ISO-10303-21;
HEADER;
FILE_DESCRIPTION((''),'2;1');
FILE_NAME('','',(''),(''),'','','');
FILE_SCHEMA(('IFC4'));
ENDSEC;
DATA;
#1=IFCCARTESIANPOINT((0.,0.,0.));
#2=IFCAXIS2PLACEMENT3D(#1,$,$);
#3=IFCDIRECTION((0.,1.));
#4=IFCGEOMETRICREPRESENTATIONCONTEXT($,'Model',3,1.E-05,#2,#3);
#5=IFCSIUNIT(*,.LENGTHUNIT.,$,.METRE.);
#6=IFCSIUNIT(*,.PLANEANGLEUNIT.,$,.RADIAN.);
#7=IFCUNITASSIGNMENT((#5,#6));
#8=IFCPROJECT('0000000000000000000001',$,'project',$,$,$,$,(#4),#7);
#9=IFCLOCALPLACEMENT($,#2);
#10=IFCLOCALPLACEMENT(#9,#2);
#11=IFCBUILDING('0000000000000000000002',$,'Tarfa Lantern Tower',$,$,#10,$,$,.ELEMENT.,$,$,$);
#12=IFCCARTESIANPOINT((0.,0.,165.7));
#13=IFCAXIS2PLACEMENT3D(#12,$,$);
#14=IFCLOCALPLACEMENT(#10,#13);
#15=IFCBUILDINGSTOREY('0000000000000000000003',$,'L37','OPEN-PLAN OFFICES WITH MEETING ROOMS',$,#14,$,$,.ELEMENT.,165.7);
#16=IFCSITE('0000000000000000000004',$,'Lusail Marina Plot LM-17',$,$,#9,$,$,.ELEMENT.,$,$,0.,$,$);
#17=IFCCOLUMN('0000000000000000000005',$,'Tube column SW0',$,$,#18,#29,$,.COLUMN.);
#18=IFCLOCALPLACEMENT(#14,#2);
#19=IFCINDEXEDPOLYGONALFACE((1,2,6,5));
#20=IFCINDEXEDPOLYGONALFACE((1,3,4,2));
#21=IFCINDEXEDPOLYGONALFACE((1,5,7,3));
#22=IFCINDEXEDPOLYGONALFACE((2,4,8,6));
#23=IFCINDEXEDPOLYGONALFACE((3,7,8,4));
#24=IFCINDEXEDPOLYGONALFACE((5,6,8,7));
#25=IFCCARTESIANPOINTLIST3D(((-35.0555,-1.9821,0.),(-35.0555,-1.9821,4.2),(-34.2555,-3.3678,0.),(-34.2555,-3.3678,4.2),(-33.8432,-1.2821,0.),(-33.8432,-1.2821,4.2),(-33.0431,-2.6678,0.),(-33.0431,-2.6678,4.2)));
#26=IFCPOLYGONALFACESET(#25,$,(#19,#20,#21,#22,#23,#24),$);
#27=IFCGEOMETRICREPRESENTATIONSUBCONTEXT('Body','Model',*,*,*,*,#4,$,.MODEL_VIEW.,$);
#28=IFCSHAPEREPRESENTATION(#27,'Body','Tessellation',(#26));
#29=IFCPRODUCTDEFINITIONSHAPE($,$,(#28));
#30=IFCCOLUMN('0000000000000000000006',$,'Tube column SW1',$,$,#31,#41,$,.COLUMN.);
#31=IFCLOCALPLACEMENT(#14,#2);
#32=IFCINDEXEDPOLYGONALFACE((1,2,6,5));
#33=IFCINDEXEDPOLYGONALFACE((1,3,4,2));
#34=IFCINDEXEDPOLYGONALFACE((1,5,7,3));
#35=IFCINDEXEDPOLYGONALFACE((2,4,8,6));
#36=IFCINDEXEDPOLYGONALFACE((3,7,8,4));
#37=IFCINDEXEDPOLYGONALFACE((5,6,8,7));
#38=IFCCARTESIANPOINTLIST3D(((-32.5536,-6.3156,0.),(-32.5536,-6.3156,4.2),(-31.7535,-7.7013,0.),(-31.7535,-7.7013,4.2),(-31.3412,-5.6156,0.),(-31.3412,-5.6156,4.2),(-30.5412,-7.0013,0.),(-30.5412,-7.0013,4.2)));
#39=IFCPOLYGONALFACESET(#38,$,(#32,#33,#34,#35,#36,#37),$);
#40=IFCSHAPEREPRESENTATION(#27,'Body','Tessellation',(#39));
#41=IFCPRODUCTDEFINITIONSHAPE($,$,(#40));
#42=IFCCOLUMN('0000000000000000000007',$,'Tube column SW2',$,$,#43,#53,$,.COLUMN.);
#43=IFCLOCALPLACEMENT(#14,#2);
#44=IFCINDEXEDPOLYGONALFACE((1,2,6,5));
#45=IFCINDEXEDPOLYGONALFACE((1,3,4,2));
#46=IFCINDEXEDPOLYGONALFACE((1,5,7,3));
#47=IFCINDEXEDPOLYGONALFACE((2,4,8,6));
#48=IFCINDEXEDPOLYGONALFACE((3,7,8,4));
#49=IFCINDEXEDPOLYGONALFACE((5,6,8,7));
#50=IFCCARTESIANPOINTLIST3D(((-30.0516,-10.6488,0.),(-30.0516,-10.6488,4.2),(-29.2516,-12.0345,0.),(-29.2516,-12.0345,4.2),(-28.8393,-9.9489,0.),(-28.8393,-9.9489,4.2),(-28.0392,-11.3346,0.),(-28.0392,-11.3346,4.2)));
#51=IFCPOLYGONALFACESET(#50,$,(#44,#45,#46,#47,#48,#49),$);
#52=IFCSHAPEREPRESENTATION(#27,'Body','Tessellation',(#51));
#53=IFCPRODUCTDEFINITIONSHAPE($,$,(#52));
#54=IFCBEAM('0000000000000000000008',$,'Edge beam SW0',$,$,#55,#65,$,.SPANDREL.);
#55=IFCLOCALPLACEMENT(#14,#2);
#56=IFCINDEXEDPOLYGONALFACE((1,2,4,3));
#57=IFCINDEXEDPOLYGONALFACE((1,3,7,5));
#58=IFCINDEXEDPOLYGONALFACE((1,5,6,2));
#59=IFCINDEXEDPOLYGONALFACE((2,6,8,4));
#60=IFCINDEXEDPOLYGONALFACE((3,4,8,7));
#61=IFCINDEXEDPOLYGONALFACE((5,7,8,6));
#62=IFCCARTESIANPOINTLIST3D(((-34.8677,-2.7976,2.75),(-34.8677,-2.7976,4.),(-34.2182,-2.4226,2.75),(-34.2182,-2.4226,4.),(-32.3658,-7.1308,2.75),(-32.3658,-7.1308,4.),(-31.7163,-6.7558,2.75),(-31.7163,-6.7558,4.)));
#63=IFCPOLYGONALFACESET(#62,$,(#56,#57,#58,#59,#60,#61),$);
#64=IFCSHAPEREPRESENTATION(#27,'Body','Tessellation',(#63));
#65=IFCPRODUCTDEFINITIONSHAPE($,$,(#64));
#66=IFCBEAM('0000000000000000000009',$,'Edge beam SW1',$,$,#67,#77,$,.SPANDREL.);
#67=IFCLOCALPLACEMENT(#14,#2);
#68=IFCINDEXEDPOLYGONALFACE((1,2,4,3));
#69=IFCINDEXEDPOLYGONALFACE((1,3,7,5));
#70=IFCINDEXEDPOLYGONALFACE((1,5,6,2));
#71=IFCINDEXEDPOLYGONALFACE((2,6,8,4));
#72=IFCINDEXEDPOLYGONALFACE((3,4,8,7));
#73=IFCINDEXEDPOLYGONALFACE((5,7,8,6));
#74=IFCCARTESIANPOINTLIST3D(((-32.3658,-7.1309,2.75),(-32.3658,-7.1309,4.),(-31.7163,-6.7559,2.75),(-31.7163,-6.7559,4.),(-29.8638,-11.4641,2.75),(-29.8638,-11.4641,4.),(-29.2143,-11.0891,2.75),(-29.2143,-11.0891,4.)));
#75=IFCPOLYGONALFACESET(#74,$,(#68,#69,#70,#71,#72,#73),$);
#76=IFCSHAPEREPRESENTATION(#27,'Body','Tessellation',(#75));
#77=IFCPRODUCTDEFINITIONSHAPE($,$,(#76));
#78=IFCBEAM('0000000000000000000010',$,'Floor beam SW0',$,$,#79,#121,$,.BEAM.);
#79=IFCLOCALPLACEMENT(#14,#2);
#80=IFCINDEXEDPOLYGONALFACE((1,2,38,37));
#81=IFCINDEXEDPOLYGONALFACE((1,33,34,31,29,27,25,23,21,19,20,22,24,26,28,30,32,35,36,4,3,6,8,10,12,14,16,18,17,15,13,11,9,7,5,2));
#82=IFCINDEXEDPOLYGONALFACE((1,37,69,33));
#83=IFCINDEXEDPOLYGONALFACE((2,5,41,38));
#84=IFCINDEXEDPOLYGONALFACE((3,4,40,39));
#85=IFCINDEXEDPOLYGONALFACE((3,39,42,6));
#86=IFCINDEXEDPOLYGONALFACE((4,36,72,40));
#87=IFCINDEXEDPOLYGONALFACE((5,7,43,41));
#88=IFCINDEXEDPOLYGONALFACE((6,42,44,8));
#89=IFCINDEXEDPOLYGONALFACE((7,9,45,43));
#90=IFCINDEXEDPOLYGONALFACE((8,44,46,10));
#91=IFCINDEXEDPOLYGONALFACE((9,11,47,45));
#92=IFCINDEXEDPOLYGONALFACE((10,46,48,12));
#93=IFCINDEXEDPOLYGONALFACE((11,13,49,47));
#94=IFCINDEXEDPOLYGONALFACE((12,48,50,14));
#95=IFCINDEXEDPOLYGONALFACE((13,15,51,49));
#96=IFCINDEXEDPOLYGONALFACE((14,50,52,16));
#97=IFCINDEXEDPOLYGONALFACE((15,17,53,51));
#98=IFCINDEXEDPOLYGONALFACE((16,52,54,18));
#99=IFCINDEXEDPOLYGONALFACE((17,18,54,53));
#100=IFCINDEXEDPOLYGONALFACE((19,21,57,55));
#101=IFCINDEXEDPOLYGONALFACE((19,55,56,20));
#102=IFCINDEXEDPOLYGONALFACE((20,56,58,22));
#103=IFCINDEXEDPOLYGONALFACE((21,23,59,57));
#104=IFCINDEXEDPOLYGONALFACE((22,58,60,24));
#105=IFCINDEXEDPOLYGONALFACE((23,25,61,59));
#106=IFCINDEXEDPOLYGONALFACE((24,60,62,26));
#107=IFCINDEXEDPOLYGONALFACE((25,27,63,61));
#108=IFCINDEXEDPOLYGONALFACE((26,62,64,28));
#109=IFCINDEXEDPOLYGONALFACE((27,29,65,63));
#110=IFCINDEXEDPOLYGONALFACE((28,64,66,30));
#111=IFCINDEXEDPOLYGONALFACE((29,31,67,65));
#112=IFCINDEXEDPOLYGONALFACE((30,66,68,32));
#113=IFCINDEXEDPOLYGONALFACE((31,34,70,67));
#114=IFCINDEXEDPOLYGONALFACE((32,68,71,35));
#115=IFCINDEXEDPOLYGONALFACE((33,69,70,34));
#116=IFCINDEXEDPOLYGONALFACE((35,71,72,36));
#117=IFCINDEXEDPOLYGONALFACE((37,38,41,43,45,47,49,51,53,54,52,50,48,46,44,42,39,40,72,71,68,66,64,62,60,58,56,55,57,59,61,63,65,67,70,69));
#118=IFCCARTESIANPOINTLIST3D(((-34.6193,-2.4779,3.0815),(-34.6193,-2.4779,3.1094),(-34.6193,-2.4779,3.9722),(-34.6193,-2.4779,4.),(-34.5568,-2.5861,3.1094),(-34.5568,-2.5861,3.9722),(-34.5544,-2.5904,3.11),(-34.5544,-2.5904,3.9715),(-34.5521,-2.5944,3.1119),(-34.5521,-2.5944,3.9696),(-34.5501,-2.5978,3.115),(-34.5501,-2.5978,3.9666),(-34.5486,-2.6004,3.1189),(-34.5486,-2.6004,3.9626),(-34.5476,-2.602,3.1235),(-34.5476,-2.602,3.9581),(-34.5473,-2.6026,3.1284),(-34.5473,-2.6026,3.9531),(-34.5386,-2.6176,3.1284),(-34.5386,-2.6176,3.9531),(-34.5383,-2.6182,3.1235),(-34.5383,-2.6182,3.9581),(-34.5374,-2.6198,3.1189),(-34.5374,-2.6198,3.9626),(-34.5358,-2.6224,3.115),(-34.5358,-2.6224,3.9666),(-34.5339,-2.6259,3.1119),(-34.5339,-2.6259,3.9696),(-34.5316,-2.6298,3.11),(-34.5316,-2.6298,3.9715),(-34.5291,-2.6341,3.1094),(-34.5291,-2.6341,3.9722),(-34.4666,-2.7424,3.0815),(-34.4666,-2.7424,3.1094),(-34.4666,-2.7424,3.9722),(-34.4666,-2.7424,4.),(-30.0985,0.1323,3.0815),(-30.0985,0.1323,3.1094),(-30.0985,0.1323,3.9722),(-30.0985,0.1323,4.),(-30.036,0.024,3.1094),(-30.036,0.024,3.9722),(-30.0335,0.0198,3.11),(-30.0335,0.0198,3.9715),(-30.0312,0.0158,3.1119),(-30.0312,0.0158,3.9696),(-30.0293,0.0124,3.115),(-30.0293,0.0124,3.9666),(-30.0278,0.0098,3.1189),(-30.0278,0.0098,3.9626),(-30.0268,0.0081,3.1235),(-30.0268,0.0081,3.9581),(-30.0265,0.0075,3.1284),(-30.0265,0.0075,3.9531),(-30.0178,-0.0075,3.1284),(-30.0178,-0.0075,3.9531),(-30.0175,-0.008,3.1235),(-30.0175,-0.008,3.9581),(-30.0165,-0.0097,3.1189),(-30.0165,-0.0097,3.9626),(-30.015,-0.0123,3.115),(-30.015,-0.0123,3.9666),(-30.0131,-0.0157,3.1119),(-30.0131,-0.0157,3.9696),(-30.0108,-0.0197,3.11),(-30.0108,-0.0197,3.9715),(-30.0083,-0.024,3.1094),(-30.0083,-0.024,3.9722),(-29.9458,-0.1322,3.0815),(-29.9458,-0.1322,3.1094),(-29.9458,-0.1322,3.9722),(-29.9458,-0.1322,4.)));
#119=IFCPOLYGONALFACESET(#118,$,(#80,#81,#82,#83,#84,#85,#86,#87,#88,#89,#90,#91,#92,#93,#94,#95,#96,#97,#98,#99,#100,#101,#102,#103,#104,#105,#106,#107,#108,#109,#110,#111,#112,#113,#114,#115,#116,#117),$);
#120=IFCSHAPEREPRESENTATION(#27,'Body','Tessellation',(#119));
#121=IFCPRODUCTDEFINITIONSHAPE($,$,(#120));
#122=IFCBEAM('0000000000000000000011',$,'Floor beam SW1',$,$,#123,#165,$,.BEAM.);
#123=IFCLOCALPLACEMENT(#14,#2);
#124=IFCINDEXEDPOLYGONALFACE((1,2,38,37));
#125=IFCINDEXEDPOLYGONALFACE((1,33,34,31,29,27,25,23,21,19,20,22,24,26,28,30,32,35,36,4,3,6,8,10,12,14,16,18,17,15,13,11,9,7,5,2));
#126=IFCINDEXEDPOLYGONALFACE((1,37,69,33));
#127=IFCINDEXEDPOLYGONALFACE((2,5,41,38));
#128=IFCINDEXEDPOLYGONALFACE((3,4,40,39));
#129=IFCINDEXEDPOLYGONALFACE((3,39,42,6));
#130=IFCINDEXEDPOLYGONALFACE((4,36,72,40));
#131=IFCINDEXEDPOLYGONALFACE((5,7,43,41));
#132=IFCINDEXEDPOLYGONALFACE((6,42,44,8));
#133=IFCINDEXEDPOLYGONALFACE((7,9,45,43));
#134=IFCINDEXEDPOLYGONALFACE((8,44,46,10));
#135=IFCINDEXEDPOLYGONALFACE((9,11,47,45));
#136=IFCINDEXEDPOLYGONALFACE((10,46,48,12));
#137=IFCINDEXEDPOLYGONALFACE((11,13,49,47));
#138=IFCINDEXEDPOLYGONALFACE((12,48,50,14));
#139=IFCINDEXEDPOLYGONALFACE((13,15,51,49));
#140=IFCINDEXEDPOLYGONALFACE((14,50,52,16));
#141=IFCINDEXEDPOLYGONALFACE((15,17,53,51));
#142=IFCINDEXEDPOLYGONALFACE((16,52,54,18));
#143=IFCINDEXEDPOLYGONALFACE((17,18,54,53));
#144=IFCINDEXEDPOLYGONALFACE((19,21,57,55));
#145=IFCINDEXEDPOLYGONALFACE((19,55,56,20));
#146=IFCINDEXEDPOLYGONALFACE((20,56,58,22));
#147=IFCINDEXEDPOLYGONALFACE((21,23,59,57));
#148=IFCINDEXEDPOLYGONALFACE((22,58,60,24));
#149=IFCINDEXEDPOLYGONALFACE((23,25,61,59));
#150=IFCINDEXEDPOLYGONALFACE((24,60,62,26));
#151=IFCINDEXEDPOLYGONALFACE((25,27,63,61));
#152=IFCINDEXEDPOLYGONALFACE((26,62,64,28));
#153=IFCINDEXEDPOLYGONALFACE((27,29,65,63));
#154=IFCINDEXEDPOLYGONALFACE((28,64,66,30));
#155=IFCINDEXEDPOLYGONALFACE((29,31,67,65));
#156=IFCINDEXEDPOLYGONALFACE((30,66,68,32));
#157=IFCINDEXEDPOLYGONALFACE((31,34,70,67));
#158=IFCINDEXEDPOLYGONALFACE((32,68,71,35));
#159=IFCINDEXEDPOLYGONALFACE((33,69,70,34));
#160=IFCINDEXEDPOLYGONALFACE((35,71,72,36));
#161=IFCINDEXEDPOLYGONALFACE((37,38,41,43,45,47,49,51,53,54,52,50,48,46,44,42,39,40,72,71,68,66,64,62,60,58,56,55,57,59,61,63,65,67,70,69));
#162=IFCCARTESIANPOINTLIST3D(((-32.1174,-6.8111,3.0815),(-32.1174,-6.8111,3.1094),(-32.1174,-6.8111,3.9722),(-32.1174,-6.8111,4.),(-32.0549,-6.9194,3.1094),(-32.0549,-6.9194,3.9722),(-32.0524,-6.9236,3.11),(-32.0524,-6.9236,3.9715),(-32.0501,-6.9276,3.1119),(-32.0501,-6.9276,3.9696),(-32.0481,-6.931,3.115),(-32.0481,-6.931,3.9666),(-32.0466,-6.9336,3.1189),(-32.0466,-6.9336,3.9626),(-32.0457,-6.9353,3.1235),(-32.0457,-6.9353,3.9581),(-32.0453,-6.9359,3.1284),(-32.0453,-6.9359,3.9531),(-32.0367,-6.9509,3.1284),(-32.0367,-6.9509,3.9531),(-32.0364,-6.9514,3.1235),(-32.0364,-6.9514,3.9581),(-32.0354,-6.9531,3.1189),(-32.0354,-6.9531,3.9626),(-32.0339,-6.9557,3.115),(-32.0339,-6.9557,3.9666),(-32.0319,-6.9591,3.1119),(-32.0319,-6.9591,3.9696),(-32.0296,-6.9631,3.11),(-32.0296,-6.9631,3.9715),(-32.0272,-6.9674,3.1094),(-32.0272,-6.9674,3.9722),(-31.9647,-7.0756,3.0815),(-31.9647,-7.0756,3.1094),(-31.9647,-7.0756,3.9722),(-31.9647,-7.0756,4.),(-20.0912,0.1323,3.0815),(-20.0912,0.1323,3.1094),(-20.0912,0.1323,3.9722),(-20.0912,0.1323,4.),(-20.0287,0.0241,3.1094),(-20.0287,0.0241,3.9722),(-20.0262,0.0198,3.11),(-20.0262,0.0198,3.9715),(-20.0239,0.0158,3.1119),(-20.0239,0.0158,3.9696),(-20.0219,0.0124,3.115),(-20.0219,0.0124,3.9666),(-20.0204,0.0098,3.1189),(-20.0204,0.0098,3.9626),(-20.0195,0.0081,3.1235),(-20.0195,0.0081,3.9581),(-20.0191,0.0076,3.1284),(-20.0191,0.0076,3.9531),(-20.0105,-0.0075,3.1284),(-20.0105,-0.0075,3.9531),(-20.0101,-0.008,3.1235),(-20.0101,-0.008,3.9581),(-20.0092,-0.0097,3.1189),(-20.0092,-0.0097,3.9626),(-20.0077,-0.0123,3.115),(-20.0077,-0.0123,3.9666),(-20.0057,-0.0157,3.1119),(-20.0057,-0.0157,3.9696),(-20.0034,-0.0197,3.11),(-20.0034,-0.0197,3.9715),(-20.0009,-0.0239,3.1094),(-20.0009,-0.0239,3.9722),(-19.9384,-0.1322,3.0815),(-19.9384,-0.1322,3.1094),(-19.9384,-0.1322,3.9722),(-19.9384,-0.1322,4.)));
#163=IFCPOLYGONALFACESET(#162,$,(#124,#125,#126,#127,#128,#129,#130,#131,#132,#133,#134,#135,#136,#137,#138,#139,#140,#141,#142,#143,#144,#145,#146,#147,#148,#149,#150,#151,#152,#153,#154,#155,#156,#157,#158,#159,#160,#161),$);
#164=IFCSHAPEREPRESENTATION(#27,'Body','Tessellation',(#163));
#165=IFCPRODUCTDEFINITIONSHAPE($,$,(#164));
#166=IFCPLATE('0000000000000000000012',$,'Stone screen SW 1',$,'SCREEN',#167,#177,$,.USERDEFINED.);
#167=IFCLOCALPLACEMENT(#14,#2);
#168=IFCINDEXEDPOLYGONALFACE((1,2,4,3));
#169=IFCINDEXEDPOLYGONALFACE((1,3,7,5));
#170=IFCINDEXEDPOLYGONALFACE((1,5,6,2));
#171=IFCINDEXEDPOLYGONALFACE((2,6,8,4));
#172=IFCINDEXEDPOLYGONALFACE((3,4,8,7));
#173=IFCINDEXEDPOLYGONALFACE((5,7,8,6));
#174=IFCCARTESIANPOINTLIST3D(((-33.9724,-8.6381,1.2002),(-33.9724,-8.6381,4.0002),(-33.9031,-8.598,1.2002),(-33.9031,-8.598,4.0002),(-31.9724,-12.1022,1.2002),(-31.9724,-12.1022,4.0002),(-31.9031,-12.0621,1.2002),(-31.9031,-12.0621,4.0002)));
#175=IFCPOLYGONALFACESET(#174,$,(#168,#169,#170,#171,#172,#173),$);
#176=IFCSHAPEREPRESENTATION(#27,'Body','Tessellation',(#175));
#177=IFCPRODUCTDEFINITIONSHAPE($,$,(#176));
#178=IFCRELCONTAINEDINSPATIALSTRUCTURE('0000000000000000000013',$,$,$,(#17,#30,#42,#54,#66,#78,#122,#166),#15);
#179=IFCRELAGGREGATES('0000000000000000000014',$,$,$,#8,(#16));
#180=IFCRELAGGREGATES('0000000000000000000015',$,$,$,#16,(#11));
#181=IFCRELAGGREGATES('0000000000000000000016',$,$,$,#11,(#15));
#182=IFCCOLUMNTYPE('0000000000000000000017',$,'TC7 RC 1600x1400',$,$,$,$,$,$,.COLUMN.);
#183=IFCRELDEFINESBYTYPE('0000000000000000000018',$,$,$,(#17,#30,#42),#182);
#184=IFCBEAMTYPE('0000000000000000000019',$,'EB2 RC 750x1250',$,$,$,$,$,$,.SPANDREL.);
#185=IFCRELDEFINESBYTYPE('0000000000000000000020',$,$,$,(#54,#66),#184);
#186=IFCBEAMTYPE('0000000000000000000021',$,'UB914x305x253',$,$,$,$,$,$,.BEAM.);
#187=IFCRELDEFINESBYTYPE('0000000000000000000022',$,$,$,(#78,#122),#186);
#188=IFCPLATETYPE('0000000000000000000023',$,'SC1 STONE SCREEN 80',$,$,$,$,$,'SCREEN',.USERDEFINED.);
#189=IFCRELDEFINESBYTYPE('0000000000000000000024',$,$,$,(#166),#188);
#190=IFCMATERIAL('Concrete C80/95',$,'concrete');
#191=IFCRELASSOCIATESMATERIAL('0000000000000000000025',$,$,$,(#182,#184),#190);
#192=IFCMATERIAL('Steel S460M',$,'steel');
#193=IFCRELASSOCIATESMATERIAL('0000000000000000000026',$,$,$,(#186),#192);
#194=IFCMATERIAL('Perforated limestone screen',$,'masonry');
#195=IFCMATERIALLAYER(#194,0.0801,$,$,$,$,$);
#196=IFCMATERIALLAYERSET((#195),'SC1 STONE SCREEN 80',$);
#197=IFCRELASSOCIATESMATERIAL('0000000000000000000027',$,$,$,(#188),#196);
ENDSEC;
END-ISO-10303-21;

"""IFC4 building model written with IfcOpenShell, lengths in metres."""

from ifc_helpers import new_model, si_unit, direction, frame, origin, origin_2d, place, context, subcontext, project, spatial, rectangle, i_section, extrude, material, layer, layer_set, material_profile, profile_set, type_object, element, save


model = new_model("IFC4")

# Units and contexts
model_context = context("Model", 3, precision=1e-05, world=origin(), true_north=direction((0.0, 1.0)))
body_context = subcontext(model_context, "Body", "Model", "MODEL_VIEW")
ifc_project = project(units=[si_unit("LENGTHUNIT", "METRE"), si_unit("PLANEANGLEUNIT", "RADIAN")], contexts=[model_context])

# Site, building, storey
site_placement = place(None, origin())
site = spatial("IfcSite", under=ifc_project, at=site_placement, Name="Lusail Marina Plot LM-17", CompositionType="ELEMENT", RefElevation=0.0)
building_placement = place(site_placement, origin())
building = spatial("IfcBuilding", under=site, at=building_placement, Name="Tarfa Lantern Tower", CompositionType="ELEMENT")
storey_placement = place(building_placement, frame((0.0, 0.0, 165.7)))
storey = spatial("IfcBuildingStorey", under=building, at=storey_placement, Name="L37", Description="OPEN-PLAN OFFICES WITH MEETING ROOMS", CompositionType="ELEMENT", Elevation=165.7)

# Columns
ifc_material_1 = material(Name="Concrete C80/95", Category="concrete")
ifc_material_profile_1 = material_profile(ifc_material_1, rectangle(XDim=1.6001, YDim=1.3999, at=origin_2d()), Name="RC 1600x1400")
ifc_profile_set_1 = profile_set([ifc_material_profile_1], Name="Concrete C80/95")
column_type = type_object("IfcColumnType", Name="TC7 RC 1600x1400", PredefinedType="COLUMN", material=ifc_profile_set_1)
for number, where, z_axis, x_axis, name in (
    (1, (-34.0493, -2.325, 0.0), (0.0, 0.0, 1.0), (0.5, -0.866025, 0.0), "Tube column SW0"),
    (2, (-31.5474, -6.6584, 0.0), (0.0, 0.0, 1.0), (0.5, -0.866025, 0.0), "Tube column SW1"),
    (3, (-29.0454, -10.9917, 0.0), (0.0, 0.0, 1.0), (0.5, -0.866025, 0.0), "Tube column SW2"),
):
    element("IfcColumn", number, at=place(storey_placement, frame(where, z_axis=z_axis, x_axis=x_axis)), inside=storey, type_object=column_type, Name=name, PredefinedType="COLUMN", context=body_context, shape_type="SweptSolid", body=[
        extrude(rectangle(XDim=1.6001, YDim=1.3999, at=origin_2d()), origin(), (0.0, 0.0, 1.0), 4.2),
    ])

# Beams
ifc_material_profile_2 = material_profile(ifc_material_1, rectangle(XDim=0.75, YDim=1.25, at=origin_2d()), Name="RC 750x1250")
ifc_profile_set_2 = profile_set([ifc_material_profile_2], Name="Concrete C80/95")
beam_type_1 = type_object("IfcBeamType", Name="EB2 RC 750x1250", PredefinedType="SPANDREL", material=ifc_profile_set_2)
for number, where, z_axis, x_axis, name in (
    (4, (-34.543, -2.6101, 3.375), (0.500022, -0.866013, 0.0), (0.866013, 0.500022, 0.0), "Edge beam SW0"),
    (5, (-32.041, -6.9434, 3.375), (0.500022, -0.866013, 0.0), (0.866013, 0.500022, 0.0), "Edge beam SW1"),
):
    element("IfcBeam", number, at=place(storey_placement, frame(where, z_axis=z_axis, x_axis=x_axis)), inside=storey, type_object=beam_type_1, Name=name, PredefinedType="SPANDREL", context=body_context, shape_type="SweptSolid", body=[
        extrude(rectangle(XDim=0.75, YDim=1.25, at=origin_2d()), origin(), (0.0, 0.0, 1.0), 5.0037),
    ])
ifc_material_2 = material(Name="Steel S460M", Category="steel")
ifc_material_profile_3 = material_profile(ifc_material_2, i_section(OverallWidth=0.3054, OverallDepth=0.9185, WebThickness=0.0173, FlangeThickness=0.0278, FilletRadius=0.019, at=origin_2d()), Name="UB914x305x253")
ifc_profile_set_3 = profile_set([ifc_material_profile_3], Name="Steel S460M")
beam_type_2 = type_object("IfcBeamType", Name="UB914x305x253", PredefinedType="BEAM", material=ifc_profile_set_3)
beam_1_placement = place(storey_placement, frame((-34.543, -2.6101, 3.5408), z_axis=(0.866021, 0.500007, 0.0), x_axis=(-0.500007, 0.866021, 0.0)))
element("IfcBeam", 6, at=beam_1_placement, inside=storey, type_object=beam_type_2, Name="Floor beam SW0", PredefinedType="BEAM", context=body_context, shape_type="SweptSolid", body=[
    extrude(i_section(OverallWidth=0.3054, OverallDepth=0.9185, WebThickness=0.0173, FlangeThickness=0.0278, FilletRadius=0.019, at=origin_2d()), origin(), (0.0, 0.0, 1.0), 5.2202),
])
beam_2_placement = place(storey_placement, frame((-32.041, -6.9434, 3.5408), z_axis=(0.866023, 0.500004, 0.0), x_axis=(-0.500004, 0.866023, 0.0)))
element("IfcBeam", 7, at=beam_2_placement, inside=storey, type_object=beam_type_2, Name="Floor beam SW1", PredefinedType="BEAM", context=body_context, shape_type="SweptSolid", body=[
    extrude(i_section(OverallWidth=0.3054, OverallDepth=0.9185, WebThickness=0.0173, FlangeThickness=0.0278, FilletRadius=0.019, at=origin_2d()), origin(), (0.0, 0.0, 1.0), 13.8867),
])

# Plate
ifc_material_3 = material(Name="Perforated limestone screen", Category="masonry")
ifc_layer_1 = layer(ifc_material_3, 0.0801)
ifc_layer_set_1 = layer_set([ifc_layer_1], Name="SC1 STONE SCREEN 80")
plate_type = type_object("IfcPlateType", Name="SC1 STONE SCREEN 80", ElementType="SCREEN", PredefinedType="USERDEFINED", material=ifc_layer_set_1)
plate_placement = place(storey_placement, frame((-32.9377, -10.3501, 1.2002), z_axis=(0.0, 0.0, 1.0), x_axis=(0.5, -0.866025, 0.0)))
element("IfcPlate", 8, at=plate_placement, inside=storey, type_object=plate_type, Name="Stone screen SW 1", ObjectType="SCREEN", PredefinedType="USERDEFINED", context=body_context, shape_type="SweptSolid", body=[
    extrude(rectangle(XDim=4.0, YDim=0.0801, at=origin_2d()), origin(), (0.0, 0.0, 1.0), 2.8),
])

save(model, "model.ifc")
